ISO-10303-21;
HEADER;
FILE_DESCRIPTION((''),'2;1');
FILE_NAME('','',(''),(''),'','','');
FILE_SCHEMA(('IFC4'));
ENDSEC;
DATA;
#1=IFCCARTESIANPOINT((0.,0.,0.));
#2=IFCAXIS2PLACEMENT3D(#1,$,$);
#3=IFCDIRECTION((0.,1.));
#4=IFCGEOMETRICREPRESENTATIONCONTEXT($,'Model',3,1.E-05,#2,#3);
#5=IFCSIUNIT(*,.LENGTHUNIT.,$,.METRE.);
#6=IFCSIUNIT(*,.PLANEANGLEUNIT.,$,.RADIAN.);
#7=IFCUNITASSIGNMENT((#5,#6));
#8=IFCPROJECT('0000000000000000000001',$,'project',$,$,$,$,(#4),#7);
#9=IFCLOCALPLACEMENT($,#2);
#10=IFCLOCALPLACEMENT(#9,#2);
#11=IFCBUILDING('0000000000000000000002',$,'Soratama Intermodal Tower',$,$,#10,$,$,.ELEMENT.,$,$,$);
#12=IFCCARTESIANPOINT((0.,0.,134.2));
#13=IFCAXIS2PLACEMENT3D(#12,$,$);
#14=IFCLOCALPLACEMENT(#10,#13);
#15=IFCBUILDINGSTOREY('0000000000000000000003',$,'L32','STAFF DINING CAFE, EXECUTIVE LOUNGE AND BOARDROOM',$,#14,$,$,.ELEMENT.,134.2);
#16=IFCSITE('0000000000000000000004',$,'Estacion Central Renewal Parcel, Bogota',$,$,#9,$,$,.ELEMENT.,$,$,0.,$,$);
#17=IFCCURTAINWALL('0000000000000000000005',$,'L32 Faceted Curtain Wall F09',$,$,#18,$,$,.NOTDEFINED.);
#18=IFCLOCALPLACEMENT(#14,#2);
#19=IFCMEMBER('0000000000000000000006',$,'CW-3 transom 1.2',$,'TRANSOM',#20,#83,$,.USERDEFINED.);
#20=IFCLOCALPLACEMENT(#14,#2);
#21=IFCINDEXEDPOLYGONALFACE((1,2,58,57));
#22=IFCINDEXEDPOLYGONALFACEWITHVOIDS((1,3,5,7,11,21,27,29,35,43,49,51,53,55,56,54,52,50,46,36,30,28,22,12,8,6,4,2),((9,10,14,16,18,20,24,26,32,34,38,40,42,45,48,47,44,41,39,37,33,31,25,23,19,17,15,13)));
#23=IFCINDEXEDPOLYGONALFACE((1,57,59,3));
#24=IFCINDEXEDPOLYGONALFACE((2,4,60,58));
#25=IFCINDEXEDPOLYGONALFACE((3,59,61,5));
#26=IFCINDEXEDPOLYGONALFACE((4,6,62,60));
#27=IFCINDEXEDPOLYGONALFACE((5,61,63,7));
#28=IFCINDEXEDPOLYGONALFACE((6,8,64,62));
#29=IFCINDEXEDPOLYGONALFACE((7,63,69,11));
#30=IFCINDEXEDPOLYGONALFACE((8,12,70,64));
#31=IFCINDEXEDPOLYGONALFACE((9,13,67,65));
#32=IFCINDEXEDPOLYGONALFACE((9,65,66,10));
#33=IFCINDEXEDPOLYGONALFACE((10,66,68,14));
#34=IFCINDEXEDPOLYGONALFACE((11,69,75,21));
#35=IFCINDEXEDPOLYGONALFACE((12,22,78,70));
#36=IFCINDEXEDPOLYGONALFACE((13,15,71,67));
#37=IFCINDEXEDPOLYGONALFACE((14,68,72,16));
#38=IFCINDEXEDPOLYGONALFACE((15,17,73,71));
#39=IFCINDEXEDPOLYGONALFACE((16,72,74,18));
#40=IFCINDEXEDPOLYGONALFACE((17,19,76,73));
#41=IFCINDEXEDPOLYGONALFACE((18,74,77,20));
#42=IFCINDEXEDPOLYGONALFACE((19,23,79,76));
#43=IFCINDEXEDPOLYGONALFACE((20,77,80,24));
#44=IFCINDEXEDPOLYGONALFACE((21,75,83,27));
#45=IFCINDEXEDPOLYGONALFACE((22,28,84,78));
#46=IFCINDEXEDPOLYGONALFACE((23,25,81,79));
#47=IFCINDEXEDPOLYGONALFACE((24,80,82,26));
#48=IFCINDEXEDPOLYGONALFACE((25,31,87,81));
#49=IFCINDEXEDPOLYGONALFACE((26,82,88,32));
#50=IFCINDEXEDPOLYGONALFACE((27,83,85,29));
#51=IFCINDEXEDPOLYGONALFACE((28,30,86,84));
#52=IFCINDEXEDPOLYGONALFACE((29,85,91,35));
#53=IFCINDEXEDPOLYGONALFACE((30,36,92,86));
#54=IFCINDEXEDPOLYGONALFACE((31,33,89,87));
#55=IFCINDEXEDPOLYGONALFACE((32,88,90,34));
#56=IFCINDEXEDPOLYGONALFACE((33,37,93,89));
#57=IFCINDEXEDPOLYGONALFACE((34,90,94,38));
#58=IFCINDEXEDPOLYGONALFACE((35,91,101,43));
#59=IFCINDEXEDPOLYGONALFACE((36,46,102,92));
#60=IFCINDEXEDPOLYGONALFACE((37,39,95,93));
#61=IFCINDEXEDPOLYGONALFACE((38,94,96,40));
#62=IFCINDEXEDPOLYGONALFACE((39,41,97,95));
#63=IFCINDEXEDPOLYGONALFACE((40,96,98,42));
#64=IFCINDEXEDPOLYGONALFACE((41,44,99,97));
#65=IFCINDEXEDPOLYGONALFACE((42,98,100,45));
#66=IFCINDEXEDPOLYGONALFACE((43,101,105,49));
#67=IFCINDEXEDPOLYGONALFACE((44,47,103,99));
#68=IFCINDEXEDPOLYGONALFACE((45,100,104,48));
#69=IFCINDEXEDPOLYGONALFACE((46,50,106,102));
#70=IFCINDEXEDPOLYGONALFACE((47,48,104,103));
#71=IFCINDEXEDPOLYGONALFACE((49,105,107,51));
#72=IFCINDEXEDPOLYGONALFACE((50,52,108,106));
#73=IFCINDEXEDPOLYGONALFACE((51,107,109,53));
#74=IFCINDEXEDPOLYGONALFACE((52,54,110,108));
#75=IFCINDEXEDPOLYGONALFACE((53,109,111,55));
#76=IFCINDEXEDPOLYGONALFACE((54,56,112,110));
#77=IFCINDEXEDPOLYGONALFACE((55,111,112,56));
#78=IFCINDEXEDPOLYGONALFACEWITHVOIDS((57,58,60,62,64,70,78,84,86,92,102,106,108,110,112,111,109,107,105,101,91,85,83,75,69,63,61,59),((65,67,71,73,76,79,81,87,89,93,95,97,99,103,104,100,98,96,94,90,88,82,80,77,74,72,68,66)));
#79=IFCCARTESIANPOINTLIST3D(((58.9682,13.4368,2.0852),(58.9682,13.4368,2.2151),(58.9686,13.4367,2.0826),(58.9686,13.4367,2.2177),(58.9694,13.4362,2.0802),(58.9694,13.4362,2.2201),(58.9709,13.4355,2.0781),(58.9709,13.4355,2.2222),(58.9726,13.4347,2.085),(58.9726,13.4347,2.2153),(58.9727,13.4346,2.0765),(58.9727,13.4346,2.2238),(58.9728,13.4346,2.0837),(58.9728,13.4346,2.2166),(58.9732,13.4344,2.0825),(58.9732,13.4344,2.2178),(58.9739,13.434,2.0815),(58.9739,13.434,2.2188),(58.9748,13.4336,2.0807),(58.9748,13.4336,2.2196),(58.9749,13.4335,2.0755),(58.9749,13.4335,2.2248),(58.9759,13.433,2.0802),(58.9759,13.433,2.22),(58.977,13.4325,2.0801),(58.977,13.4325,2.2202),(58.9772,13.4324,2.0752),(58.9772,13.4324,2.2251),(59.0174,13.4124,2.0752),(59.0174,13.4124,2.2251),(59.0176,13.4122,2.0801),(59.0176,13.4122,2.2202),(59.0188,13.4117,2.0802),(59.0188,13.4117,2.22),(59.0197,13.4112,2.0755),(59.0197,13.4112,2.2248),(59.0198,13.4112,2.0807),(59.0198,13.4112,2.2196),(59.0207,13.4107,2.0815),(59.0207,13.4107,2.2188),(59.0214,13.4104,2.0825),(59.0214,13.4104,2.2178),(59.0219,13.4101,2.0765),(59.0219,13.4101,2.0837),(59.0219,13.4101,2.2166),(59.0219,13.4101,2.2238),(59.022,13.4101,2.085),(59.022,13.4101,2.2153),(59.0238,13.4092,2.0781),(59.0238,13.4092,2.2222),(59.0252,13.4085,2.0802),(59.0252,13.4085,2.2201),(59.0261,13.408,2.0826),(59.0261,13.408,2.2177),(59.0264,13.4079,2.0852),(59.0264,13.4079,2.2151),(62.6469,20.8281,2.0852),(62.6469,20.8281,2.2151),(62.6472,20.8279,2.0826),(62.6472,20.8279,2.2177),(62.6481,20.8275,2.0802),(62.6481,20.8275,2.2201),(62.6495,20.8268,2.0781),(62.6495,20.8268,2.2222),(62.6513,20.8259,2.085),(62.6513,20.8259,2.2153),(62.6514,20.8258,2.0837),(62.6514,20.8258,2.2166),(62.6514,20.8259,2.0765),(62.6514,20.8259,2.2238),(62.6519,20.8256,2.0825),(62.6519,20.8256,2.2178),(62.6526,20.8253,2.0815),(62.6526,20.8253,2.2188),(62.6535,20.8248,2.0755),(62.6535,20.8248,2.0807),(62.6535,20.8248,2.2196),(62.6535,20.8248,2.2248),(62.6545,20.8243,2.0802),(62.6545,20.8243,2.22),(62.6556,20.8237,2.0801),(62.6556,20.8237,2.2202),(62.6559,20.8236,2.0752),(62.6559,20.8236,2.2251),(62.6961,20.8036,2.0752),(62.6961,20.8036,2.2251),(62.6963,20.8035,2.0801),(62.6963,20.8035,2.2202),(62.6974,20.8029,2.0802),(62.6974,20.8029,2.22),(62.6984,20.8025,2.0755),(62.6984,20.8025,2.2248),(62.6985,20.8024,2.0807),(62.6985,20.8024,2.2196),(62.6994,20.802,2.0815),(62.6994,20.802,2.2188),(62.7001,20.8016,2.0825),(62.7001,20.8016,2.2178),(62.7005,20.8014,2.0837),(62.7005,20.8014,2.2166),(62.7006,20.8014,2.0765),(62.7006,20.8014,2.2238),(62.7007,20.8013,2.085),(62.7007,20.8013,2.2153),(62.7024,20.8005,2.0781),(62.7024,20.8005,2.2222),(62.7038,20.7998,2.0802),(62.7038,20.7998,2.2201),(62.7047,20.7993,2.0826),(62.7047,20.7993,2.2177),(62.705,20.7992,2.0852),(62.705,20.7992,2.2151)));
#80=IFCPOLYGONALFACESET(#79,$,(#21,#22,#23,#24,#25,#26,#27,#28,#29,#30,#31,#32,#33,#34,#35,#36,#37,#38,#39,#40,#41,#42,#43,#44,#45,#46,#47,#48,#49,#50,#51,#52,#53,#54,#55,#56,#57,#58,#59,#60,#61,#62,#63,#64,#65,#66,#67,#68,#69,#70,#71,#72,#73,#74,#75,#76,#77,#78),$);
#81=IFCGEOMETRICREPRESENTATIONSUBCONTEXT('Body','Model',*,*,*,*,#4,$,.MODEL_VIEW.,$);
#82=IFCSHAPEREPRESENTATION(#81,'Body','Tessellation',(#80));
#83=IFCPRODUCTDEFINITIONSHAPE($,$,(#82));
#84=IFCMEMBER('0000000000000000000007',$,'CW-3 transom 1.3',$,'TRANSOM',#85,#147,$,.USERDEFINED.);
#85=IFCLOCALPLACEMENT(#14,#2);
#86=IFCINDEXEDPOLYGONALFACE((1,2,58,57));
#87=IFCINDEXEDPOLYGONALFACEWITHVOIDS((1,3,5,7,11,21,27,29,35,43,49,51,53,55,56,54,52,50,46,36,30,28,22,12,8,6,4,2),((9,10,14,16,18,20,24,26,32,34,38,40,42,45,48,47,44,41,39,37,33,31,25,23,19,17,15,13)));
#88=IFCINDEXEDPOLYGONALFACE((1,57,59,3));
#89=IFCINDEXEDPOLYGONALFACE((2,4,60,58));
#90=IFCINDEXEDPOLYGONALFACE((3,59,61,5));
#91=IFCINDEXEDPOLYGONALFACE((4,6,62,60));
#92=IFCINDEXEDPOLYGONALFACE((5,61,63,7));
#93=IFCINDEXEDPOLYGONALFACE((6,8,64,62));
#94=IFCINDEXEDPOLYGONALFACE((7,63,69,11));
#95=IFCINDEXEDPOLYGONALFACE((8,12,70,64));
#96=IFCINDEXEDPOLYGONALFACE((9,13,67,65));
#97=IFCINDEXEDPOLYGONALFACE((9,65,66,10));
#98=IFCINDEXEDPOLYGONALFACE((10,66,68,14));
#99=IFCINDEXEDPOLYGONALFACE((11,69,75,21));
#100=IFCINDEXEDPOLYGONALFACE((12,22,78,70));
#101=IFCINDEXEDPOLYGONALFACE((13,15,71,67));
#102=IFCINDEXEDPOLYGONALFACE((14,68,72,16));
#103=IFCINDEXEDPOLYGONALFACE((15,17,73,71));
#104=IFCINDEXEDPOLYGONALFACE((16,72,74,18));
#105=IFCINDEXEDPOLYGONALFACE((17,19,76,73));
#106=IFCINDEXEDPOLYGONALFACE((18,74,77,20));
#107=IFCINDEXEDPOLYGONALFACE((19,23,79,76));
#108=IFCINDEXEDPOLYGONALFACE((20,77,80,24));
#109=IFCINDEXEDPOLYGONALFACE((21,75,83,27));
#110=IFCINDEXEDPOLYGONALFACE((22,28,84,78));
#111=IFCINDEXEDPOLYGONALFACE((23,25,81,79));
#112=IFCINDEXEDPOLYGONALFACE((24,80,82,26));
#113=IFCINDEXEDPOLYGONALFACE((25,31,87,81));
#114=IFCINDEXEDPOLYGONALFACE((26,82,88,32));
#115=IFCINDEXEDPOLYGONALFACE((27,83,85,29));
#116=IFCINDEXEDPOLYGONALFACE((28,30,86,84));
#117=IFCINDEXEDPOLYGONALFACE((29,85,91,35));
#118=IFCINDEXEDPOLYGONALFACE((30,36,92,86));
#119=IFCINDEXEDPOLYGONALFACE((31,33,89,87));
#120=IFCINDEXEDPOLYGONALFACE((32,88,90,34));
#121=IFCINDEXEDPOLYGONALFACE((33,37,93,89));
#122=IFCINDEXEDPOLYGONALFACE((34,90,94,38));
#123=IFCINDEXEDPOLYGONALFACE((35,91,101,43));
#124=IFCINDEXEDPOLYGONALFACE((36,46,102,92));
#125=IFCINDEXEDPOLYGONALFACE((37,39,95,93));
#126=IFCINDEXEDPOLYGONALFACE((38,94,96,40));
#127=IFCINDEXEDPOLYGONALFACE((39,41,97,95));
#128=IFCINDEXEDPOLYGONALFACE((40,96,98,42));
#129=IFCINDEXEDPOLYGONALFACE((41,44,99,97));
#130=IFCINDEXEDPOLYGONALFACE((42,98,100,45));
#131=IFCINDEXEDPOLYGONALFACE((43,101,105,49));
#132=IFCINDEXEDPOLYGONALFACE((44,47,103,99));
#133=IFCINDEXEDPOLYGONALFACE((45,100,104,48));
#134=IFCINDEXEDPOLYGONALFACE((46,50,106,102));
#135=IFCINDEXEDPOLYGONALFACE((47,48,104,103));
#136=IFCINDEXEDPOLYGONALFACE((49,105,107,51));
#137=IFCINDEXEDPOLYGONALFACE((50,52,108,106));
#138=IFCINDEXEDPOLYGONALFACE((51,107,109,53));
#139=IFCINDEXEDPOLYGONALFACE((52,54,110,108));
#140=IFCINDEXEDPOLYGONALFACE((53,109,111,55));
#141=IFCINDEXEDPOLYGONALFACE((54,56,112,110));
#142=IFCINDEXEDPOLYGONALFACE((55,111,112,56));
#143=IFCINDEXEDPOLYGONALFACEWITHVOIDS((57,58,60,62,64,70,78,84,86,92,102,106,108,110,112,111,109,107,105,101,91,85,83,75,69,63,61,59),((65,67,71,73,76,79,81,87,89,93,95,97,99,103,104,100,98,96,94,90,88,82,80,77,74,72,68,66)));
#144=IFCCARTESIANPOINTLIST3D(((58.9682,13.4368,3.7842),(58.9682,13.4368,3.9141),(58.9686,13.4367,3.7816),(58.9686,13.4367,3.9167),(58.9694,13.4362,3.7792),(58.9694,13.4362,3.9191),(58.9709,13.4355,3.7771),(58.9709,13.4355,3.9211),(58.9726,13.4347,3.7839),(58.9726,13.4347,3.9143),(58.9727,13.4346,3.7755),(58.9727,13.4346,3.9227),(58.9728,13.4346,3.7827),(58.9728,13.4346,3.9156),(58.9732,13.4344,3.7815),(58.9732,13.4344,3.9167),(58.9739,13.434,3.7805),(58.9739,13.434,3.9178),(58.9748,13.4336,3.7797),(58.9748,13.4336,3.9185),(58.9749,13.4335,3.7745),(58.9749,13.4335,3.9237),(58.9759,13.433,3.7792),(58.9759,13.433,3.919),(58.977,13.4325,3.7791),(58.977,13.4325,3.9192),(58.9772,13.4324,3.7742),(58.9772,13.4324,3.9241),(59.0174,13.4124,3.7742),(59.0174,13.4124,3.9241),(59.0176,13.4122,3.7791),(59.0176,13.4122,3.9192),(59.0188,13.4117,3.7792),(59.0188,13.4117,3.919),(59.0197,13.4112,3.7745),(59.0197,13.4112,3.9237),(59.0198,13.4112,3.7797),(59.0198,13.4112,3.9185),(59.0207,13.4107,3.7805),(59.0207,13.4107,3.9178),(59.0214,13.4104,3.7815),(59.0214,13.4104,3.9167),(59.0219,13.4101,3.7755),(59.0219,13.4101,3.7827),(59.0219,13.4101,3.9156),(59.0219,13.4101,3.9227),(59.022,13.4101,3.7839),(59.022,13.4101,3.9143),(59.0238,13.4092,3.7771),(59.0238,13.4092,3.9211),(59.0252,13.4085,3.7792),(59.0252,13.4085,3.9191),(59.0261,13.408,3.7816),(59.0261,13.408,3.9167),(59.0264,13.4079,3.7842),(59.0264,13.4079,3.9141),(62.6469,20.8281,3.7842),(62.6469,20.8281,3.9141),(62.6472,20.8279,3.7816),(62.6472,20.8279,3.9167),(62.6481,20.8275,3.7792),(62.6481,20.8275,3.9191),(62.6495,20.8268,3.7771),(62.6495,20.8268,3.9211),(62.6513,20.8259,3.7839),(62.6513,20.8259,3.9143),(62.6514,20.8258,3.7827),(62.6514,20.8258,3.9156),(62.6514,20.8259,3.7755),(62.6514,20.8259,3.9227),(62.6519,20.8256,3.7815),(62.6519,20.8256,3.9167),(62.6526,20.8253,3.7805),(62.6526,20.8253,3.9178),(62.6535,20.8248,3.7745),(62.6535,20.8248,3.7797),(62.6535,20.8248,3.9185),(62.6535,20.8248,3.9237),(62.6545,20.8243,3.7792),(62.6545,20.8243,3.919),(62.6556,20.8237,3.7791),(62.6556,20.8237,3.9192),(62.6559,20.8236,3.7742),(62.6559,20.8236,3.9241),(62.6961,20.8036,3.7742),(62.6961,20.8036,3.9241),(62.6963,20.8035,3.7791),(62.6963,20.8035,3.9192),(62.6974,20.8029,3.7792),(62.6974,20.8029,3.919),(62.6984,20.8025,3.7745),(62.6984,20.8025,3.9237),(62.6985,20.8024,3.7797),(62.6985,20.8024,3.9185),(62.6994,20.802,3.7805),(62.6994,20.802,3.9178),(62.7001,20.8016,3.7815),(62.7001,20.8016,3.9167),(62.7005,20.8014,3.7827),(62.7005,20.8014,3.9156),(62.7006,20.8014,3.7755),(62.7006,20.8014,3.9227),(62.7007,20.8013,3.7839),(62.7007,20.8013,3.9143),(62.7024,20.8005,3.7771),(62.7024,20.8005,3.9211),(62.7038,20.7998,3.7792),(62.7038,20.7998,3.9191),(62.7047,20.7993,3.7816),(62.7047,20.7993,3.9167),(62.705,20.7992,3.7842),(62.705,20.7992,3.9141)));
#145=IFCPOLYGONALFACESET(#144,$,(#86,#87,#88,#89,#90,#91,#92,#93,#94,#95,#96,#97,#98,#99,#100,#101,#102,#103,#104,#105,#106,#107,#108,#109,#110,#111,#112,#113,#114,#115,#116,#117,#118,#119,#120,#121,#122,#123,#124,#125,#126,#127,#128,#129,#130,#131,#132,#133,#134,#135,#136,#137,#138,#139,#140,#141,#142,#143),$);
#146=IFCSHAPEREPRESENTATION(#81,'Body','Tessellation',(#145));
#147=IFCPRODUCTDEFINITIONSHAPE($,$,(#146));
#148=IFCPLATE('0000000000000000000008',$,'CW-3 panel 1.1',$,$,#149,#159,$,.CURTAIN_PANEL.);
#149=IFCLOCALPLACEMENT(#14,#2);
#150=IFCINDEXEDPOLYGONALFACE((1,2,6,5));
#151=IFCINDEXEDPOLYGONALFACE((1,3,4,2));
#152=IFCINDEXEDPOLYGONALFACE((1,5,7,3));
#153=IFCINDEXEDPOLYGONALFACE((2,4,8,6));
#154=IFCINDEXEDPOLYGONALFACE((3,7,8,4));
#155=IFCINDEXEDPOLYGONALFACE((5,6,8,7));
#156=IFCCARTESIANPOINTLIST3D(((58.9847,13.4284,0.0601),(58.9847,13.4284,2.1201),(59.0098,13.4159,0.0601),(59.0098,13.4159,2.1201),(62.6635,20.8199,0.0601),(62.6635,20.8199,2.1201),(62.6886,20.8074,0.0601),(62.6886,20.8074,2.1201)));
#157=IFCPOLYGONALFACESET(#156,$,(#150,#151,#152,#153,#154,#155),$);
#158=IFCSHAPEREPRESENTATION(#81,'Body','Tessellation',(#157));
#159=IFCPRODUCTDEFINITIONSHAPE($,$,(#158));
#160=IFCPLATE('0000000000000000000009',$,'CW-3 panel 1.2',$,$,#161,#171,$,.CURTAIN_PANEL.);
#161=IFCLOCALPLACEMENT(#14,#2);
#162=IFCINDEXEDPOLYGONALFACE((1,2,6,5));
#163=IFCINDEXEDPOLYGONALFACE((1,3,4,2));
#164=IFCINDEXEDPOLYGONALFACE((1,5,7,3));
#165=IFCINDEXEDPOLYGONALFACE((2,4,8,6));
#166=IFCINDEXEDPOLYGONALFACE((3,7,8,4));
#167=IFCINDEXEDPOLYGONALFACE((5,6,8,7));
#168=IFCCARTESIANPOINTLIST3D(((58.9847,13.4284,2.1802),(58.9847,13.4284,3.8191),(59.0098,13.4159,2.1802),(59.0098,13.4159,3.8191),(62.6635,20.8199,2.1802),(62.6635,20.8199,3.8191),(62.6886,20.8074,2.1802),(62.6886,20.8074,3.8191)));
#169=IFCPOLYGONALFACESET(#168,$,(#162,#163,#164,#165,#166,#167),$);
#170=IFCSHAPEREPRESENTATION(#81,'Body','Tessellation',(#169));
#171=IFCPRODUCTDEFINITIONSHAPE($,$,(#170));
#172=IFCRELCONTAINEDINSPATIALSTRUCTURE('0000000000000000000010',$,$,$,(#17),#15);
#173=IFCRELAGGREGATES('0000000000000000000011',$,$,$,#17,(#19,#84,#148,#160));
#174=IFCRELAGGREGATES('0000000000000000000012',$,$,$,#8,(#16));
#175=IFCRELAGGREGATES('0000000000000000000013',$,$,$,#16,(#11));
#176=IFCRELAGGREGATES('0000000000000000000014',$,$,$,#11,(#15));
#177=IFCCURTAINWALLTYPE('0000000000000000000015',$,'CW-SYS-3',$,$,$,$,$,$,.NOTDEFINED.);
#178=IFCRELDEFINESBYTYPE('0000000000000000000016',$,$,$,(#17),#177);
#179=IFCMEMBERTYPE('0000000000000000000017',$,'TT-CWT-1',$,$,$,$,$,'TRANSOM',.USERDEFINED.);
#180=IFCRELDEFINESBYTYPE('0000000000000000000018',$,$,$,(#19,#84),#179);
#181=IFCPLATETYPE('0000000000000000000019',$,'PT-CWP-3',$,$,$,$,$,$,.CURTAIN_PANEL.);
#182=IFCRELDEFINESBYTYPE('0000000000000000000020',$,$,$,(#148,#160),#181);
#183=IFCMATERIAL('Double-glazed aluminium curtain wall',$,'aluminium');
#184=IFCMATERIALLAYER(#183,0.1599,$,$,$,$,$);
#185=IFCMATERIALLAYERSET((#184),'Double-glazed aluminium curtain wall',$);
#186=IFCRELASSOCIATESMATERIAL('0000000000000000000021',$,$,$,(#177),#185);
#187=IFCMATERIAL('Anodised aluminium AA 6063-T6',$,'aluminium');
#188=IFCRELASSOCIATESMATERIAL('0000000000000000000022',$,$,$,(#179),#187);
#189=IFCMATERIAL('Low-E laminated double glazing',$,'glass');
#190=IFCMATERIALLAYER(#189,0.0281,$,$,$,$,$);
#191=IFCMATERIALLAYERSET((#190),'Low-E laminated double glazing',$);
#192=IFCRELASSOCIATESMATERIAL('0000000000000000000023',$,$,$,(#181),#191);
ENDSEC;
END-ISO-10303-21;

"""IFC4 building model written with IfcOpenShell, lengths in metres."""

from ifc_helpers import new_model, si_unit, direction, frame, origin, origin_2d, place, context, subcontext, project, spatial, rectangle, hollow_rectangle, extrude, material, layer, layer_set, material_profile, profile_set, type_object, element, aggregate, save


model = new_model("IFC4")

# Units and contexts
model_context = context("Model", 3, precision=1e-05, world=origin(), true_north=direction((0.0, 1.0)))
body_context = subcontext(model_context, "Body", "Model", "MODEL_VIEW")
ifc_project = project(units=[si_unit("LENGTHUNIT", "METRE"), si_unit("PLANEANGLEUNIT", "RADIAN")], contexts=[model_context])

# Site, building, storey
site_placement = place(None, origin())
site = spatial("IfcSite", under=ifc_project, at=site_placement, Name="Estacion Central Renewal Parcel, Bogota", CompositionType="ELEMENT", RefElevation=0.0)
building_placement = place(site_placement, origin())
building = spatial("IfcBuilding", under=site, at=building_placement, Name="Soratama Intermodal Tower", CompositionType="ELEMENT")
storey_placement = place(building_placement, frame((0.0, 0.0, 134.2)))
storey = spatial("IfcBuildingStorey", under=building, at=storey_placement, Name="L32", Description="STAFF DINING CAFE, EXECUTIVE LOUNGE AND BOARDROOM", CompositionType="ELEMENT", Elevation=134.2)

# Curtain wall
ifc_material_1 = material(Name="Double-glazed aluminium curtain wall", Category="aluminium")
ifc_layer_1 = layer(ifc_material_1, 0.1599)
ifc_layer_set_1 = layer_set([ifc_layer_1], Name="Double-glazed aluminium curtain wall")
curtain_wall_type = type_object("IfcCurtainWallType", Name="CW-SYS-3", PredefinedType="NOTDEFINED", material=ifc_layer_set_1)
curtain_wall_1_placement = place(storey_placement, origin())
curtain_wall_1 = element("IfcCurtainWall", 1, at=curtain_wall_1_placement, inside=storey, type_object=curtain_wall_type, Name="L32 Faceted Curtain Wall F09", PredefinedType="NOTDEFINED")

# Members
ifc_material_2 = material(Name="Anodised aluminium AA 6063-T6", Category="aluminium")
ifc_material_profile_1 = material_profile(ifc_material_2, hollow_rectangle(XDim=0.0649, YDim=0.1499, WallThickness=0.0049, InnerFilletRadius=0.0049, OuterFilletRadius=0.01, at=origin_2d()), Name="CWT150X65X5")
ifc_profile_set_1 = profile_set([ifc_material_profile_1], Name="Anodised aluminium AA 6063-T6")
member_type_1 = type_object("IfcMemberType", Name="TT-CWT-1", ElementType="TRANSOM", PredefinedType="USERDEFINED", material=ifc_profile_set_1)
member_1_placement = place(storey_placement, frame((58.9973, 13.4224, 2.1501), z_axis=(0.445569, 0.895248, 0.0), x_axis=(-0.895248, 0.445569, 0.0)))
member_1 = element("IfcMember", 2, at=member_1_placement, type_object=member_type_1, Name="CW-3 transom 1.2", ObjectType="TRANSOM", PredefinedType="USERDEFINED", context=body_context, shape_type="SweptSolid", body=[
    extrude(hollow_rectangle(XDim=0.0649, YDim=0.1499, WallThickness=0.0049, InnerFilletRadius=0.0049, OuterFilletRadius=0.01, at=origin_2d()), origin(), (0.0, 0.0, 1.0), 8.2561),
])
member_2_placement = place(storey_placement, frame((58.9973, 13.4224, 3.8491), z_axis=(0.445569, 0.895248, 0.0), x_axis=(-0.895248, 0.445569, 0.0)))
member_2 = element("IfcMember", 3, at=member_2_placement, type_object=member_type_1, Name="CW-3 transom 1.3", ObjectType="TRANSOM", PredefinedType="USERDEFINED", context=body_context, shape_type="SweptSolid", body=[
    extrude(hollow_rectangle(XDim=0.0649, YDim=0.1499, WallThickness=0.0049, InnerFilletRadius=0.0049, OuterFilletRadius=0.01, at=origin_2d()), origin(), (0.0, 0.0, 1.0), 8.2561),
])

# Plates
ifc_material_3 = material(Name="Low-E laminated double glazing", Category="glass")
ifc_layer_2 = layer(ifc_material_3, 0.0281)
ifc_layer_set_2 = layer_set([ifc_layer_2], Name="Low-E laminated double glazing")
plate_type = type_object("IfcPlateType", Name="PT-CWP-3", PredefinedType="CURTAIN_PANEL", material=ifc_layer_set_2)
plate_1_placement = place(storey_placement, frame((60.8367, 17.1179, 0.0601), z_axis=(0.0, 0.0, 1.0), x_axis=(0.44557, 0.895247, 0.0)))
plate_1 = element("IfcPlate", 4, at=plate_1_placement, type_object=plate_type, Name="CW-3 panel 1.1", PredefinedType="CURTAIN_PANEL", context=body_context, shape_type="SweptSolid", body=[
    extrude(rectangle(XDim=8.2563, YDim=0.0281, at=origin_2d()), origin(), (0.0, 0.0, 1.0), 2.0601),
])
plate_2_placement = place(storey_placement, frame((60.8367, 17.1179, 2.1802), z_axis=(0.0, 0.0, 1.0), x_axis=(0.44557, 0.895247, 0.0)))
plate_2 = element("IfcPlate", 5, at=plate_2_placement, type_object=plate_type, Name="CW-3 panel 1.2", PredefinedType="CURTAIN_PANEL", context=body_context, shape_type="SweptSolid", body=[
    extrude(rectangle(XDim=8.2563, YDim=0.0281, at=origin_2d()), origin(), (0.0, 0.0, 1.0), 1.6389),
])
aggregate(curtain_wall_1, [member_1, member_2, plate_1, plate_2])

save(model, "model.ifc")
